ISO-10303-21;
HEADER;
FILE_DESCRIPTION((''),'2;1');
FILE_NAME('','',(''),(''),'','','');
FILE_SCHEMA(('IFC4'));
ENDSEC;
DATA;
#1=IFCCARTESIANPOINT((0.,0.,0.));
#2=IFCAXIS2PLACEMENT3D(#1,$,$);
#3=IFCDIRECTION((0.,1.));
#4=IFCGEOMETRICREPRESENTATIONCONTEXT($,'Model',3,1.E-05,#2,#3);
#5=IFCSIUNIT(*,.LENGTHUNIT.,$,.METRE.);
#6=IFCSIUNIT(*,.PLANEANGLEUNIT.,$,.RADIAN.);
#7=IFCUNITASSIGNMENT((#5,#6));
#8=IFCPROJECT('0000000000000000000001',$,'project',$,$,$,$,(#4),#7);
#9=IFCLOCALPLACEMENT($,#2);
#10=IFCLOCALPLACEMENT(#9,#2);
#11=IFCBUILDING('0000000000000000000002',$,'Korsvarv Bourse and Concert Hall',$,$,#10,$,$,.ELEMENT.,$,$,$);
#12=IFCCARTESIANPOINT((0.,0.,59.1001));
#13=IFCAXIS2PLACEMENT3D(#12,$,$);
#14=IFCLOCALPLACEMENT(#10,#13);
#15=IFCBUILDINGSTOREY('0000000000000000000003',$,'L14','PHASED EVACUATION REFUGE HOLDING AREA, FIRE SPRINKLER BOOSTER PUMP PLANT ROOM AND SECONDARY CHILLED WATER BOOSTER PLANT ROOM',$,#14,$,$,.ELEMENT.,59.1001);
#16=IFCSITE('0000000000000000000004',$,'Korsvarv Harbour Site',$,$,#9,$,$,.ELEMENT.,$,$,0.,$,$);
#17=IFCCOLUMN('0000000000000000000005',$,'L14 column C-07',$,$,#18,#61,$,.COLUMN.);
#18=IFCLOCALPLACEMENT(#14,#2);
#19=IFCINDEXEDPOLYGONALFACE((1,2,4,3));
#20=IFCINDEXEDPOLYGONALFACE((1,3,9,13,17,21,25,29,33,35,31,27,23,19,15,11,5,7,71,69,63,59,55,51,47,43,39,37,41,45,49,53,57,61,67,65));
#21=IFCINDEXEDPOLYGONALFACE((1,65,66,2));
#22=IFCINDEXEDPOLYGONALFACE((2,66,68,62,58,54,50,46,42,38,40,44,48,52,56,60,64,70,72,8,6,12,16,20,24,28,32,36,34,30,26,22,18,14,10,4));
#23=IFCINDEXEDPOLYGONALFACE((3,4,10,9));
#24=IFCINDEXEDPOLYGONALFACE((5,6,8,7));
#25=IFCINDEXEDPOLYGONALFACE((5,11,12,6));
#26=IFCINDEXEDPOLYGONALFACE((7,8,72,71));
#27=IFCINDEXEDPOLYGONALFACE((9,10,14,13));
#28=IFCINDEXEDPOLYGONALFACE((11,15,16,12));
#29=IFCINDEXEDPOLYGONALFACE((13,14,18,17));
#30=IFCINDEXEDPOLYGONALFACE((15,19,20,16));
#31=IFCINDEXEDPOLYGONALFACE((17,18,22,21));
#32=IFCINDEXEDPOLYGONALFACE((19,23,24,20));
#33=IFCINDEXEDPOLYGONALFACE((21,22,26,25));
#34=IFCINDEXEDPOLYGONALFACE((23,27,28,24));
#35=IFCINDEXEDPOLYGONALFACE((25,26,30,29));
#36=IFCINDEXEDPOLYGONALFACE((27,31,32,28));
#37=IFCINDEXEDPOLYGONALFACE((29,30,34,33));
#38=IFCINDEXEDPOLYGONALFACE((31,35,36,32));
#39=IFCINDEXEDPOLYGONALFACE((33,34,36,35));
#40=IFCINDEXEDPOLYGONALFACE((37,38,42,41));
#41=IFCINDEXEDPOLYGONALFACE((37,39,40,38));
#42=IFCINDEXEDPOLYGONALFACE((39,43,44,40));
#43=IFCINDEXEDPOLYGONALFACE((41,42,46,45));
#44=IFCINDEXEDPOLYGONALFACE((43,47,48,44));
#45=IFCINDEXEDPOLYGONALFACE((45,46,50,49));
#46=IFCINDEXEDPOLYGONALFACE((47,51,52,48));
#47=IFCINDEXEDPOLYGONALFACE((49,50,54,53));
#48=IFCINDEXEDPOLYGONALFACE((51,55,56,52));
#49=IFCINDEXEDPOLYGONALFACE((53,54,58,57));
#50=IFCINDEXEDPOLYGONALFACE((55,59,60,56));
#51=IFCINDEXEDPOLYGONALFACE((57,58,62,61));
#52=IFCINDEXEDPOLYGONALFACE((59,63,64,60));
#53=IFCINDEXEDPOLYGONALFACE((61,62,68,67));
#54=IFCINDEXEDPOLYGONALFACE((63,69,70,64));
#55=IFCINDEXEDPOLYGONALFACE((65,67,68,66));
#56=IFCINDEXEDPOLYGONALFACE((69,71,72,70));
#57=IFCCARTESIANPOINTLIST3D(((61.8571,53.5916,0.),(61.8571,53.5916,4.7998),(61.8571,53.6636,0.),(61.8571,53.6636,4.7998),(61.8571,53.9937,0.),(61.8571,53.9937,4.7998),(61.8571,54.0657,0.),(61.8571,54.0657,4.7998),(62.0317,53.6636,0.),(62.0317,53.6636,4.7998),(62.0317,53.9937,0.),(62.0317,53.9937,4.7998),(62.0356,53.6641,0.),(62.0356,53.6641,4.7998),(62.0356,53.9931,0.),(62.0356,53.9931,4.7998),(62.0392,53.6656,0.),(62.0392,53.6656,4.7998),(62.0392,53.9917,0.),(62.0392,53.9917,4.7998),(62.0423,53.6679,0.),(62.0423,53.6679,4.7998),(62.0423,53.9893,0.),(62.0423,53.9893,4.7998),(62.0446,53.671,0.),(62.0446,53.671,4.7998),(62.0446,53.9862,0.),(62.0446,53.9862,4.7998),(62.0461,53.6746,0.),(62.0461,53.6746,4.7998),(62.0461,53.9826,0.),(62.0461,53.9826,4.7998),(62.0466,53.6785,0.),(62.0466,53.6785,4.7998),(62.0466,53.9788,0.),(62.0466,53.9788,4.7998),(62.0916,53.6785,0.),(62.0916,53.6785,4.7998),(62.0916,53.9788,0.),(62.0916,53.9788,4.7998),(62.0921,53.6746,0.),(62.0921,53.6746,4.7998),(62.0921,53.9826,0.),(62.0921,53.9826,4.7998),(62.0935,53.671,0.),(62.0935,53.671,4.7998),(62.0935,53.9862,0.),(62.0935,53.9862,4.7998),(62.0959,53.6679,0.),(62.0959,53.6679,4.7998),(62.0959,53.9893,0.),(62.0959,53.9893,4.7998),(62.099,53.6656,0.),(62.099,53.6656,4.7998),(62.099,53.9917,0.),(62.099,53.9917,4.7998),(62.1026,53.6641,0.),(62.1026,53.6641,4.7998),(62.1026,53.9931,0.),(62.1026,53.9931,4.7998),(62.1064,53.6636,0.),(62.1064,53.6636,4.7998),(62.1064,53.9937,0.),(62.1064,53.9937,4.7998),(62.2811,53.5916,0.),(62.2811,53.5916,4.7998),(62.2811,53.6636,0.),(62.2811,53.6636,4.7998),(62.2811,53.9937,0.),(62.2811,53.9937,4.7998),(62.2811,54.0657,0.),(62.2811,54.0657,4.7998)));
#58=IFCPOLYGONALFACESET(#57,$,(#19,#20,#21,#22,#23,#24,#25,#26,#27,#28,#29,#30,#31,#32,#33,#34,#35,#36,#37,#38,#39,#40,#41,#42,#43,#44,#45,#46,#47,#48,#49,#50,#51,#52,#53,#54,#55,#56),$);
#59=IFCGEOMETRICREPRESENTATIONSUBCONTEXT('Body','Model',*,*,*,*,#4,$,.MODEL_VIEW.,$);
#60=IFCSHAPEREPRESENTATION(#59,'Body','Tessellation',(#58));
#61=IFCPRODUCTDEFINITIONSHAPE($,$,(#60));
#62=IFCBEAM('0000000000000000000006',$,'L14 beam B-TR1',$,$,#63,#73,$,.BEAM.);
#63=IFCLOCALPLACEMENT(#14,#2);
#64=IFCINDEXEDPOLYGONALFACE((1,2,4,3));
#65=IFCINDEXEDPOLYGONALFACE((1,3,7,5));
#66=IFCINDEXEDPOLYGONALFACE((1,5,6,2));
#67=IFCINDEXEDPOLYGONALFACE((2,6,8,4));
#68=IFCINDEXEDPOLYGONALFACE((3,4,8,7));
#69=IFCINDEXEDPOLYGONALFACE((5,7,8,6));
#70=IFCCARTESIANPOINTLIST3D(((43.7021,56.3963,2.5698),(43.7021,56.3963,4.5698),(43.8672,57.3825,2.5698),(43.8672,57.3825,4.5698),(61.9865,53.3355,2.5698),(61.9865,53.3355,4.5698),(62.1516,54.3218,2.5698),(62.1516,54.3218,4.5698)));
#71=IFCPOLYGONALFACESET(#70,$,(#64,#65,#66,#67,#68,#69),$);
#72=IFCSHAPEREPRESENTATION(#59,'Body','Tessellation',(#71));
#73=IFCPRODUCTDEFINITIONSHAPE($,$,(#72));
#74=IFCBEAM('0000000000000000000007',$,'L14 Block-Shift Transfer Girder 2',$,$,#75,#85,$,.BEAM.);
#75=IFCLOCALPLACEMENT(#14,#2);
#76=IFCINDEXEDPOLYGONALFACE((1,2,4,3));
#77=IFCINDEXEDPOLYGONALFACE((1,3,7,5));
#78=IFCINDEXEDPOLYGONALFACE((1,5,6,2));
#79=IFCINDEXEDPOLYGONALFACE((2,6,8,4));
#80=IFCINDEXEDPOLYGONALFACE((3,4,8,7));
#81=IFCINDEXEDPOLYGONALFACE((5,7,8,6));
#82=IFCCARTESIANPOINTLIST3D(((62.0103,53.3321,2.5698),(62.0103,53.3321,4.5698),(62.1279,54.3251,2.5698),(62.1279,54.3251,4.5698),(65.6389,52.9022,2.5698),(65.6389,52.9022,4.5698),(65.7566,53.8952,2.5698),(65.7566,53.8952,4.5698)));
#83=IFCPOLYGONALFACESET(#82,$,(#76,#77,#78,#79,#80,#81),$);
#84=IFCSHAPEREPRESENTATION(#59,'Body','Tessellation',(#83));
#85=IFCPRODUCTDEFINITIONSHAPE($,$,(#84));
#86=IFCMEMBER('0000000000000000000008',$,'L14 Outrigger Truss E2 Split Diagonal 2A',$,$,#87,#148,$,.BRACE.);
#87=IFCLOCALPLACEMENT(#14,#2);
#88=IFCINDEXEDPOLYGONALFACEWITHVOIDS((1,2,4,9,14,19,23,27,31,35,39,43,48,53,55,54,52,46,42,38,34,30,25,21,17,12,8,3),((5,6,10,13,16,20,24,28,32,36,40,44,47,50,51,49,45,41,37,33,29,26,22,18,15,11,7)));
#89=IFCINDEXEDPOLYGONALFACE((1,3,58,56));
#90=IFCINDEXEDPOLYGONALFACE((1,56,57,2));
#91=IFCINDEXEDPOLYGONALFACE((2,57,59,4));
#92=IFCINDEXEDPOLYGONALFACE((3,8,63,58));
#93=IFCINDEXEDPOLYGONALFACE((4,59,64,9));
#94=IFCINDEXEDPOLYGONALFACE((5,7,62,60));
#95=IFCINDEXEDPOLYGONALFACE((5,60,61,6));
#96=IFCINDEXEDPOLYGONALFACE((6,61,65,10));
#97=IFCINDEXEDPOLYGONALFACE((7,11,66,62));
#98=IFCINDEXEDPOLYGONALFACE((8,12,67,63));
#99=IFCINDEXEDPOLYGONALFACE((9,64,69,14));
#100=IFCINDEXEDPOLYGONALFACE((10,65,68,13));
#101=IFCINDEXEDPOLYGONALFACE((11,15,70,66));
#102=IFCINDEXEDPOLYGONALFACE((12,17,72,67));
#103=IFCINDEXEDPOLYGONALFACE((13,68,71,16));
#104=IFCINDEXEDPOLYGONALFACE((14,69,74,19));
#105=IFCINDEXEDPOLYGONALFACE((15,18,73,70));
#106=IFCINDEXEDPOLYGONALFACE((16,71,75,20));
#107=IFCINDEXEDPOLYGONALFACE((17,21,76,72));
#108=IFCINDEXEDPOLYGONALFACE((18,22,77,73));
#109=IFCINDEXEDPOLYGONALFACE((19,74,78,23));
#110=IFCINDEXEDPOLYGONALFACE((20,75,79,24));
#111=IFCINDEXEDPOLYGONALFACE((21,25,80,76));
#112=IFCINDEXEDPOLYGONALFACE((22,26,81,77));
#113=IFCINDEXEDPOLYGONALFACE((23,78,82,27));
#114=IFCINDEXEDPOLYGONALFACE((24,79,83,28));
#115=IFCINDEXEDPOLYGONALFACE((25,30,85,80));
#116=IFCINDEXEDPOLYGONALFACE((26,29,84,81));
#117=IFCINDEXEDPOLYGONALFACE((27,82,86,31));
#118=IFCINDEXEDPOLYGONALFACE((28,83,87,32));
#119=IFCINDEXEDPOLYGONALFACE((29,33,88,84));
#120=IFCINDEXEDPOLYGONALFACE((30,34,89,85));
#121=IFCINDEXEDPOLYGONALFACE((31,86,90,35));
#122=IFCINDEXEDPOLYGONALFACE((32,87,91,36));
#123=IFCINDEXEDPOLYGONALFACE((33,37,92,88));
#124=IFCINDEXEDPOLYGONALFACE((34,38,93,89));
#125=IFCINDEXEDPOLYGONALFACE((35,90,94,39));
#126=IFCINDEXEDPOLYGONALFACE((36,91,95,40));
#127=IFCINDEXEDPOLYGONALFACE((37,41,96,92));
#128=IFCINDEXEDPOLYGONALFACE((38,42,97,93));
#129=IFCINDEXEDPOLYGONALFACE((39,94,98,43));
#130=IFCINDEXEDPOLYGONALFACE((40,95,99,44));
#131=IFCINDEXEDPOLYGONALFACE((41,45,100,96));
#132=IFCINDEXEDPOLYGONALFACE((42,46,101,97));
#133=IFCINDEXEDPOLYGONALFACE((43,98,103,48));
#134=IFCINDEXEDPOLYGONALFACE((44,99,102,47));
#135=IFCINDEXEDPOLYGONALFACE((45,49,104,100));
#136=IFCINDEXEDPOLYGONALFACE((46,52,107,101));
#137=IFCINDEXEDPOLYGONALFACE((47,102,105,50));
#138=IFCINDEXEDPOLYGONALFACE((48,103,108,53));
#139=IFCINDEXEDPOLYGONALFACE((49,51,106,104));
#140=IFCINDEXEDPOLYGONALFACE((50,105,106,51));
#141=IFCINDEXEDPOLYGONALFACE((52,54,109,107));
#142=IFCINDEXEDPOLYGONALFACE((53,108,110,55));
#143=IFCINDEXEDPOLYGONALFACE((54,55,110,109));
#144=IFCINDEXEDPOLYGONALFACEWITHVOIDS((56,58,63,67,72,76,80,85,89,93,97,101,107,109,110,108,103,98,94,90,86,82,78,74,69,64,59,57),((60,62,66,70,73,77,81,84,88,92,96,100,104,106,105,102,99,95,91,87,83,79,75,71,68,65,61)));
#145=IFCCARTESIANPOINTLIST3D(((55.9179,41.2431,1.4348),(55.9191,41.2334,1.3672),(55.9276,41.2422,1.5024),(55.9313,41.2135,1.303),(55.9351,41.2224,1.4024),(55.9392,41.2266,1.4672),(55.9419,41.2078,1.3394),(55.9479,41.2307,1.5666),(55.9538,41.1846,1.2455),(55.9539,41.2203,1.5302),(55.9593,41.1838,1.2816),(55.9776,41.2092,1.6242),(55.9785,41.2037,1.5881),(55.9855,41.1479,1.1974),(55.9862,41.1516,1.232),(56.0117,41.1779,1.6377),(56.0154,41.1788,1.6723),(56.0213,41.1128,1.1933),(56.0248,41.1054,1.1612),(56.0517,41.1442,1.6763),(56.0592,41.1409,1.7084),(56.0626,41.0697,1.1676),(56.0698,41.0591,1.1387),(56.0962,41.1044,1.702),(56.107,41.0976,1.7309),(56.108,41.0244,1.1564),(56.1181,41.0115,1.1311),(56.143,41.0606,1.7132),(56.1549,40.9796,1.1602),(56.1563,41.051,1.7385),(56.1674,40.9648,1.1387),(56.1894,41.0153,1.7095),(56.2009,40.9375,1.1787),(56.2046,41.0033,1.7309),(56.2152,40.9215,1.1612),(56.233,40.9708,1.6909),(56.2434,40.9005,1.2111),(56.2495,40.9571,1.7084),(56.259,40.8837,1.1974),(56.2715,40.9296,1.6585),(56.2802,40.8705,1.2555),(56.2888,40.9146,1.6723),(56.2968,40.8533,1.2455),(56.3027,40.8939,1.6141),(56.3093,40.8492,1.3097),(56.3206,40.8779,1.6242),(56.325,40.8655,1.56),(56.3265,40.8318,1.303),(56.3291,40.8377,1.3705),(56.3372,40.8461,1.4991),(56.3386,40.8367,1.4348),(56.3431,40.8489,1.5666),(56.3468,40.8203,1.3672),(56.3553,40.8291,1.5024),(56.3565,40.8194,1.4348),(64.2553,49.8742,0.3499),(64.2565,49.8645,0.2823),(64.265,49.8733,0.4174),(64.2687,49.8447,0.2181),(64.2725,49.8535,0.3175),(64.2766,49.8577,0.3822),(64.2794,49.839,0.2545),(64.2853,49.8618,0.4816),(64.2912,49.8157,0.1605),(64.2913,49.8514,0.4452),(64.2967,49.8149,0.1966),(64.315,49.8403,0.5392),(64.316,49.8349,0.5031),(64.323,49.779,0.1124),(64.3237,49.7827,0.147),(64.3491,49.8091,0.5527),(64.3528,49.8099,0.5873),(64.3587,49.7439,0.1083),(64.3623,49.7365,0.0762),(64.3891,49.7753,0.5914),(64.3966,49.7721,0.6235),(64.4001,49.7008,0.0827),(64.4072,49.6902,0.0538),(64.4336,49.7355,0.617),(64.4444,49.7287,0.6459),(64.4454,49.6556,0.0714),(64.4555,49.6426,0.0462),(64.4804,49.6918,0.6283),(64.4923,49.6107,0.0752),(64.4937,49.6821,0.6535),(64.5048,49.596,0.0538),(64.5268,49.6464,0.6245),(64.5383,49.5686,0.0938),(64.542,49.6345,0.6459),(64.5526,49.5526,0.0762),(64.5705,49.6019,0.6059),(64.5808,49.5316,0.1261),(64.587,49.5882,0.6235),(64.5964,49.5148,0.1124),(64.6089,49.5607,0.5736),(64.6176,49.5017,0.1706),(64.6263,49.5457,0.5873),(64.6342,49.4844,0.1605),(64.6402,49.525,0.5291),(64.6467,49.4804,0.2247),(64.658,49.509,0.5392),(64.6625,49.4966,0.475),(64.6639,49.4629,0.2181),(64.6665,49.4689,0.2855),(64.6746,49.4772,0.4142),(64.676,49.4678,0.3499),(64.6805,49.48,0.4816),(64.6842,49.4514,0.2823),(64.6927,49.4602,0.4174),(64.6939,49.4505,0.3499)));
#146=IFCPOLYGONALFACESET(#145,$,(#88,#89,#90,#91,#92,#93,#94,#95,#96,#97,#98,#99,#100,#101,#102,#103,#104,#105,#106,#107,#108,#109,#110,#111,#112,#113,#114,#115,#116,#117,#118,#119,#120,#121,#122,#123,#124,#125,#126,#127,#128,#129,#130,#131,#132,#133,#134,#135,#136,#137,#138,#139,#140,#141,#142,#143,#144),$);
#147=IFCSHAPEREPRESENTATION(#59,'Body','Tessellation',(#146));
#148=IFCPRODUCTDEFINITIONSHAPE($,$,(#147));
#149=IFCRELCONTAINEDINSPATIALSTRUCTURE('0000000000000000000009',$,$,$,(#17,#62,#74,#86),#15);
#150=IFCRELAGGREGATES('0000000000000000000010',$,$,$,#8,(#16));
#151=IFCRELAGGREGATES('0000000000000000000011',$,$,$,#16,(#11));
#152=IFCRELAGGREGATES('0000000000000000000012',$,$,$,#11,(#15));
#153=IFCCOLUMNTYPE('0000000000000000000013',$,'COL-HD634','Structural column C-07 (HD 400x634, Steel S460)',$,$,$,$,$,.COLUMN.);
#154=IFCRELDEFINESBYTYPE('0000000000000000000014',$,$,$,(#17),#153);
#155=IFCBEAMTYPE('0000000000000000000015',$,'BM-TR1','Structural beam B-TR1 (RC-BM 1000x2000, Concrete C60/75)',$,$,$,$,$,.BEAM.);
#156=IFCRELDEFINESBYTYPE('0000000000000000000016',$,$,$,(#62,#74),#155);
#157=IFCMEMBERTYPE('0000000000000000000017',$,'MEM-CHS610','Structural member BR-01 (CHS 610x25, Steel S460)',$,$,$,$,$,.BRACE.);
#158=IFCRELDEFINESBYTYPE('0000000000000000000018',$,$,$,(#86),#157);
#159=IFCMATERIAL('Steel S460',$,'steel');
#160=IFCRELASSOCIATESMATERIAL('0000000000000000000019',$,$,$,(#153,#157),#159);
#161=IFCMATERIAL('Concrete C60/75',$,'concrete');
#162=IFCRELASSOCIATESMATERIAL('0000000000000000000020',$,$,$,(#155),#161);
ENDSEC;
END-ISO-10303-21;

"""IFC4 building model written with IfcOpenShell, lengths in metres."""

from ifc_helpers import new_model, si_unit, direction, frame, origin, origin_2d, place, context, subcontext, project, spatial, rectangle, hollow_circle, i_section, extrude, source, transform, mapped, material, material_profile, profile_set, type_object, element, save


model = new_model("IFC4")

# Units and contexts
model_context = context("Model", 3, precision=1e-05, world=origin(), true_north=direction((0.0, 1.0)))
body_context = subcontext(model_context, "Body", "Model", "MODEL_VIEW")
ifc_project = project(units=[si_unit("LENGTHUNIT", "METRE"), si_unit("PLANEANGLEUNIT", "RADIAN")], contexts=[model_context])

# Site, building, storey
site_placement = place(None, origin())
site = spatial("IfcSite", under=ifc_project, at=site_placement, Name="Korsvarv Harbour Site", CompositionType="ELEMENT", RefElevation=0.0)
building_placement = place(site_placement, origin())
building = spatial("IfcBuilding", under=site, at=building_placement, Name="Korsvarv Bourse and Concert Hall", CompositionType="ELEMENT")
storey_placement = place(building_placement, frame((0.0, 0.0, 59.1001)))
storey = spatial("IfcBuildingStorey", under=building, at=storey_placement, Name="L14", Description="PHASED EVACUATION REFUGE HOLDING AREA, FIRE SPRINKLER BOOSTER PUMP PLANT ROOM AND SECONDARY CHILLED WATER BOOSTER PLANT ROOM", CompositionType="ELEMENT", Elevation=59.1001)

# Column
ifc_material_1 = material(Name="Steel S460", Category="steel")
ifc_material_profile_1 = material_profile(ifc_material_1, i_section(OverallWidth=0.4241, OverallDepth=0.4741, WebThickness=0.0449, FlangeThickness=0.072, FilletRadius=0.0149, at=origin_2d()), Name="HD 400x634")
ifc_profile_set_1 = profile_set([ifc_material_profile_1], Name="Steel S460")
column_type = type_object("IfcColumnType", Name="COL-HD634", Description="Structural column C-07 (HD 400x634, Steel S460)", PredefinedType="COLUMN", material=ifc_profile_set_1)
shared_shape_1 = source(origin(), body_context, "Body", "SweptSolid", [
    extrude(i_section(OverallWidth=0.4241, OverallDepth=0.4741, WebThickness=0.0449, FlangeThickness=0.072, FilletRadius=0.0149, at=origin_2d()), origin(), (0.0, 0.0, 1.0), 4.7998),
])
column_placement = place(storey_placement, frame((62.0691, 53.8286, 0.0), z_axis=(0.0, 0.0, 1.0), x_axis=(1.0, 0.0, 0.0)))
element("IfcColumn", 1, at=column_placement, inside=storey, type_object=column_type, Name="L14 column C-07", PredefinedType="COLUMN", context=body_context, shape_type="MappedRepresentation", body=[
    mapped(shared_shape_1, transform((0.0, 0.0, 0.0), scale=1.0)),
])

# Beams
ifc_material_2 = material(Name="Concrete C60/75", Category="concrete")
ifc_material_profile_2 = material_profile(ifc_material_2, rectangle(XDim=1.0, YDim=2.0, at=origin_2d()), Name="RC-BM 1000x2000")
ifc_profile_set_2 = profile_set([ifc_material_profile_2], Name="Concrete C60/75")
beam_type = type_object("IfcBeamType", Name="BM-TR1", Description="Structural beam B-TR1 (RC-BM 1000x2000, Concrete C60/75)", PredefinedType="BEAM", material=ifc_profile_set_2)
shared_shape_2 = source(origin(), body_context, "Body", "SweptSolid", [
    extrude(rectangle(XDim=1.0, YDim=2.0, at=origin_2d()), origin(), (0.0, 0.0, 1.0), 18.5388),
])
beam_1_placement = place(storey_placement, frame((62.0691, 53.8286, 3.5698), z_axis=(-0.986277, 0.165102, 0.0), x_axis=(-0.165102, -0.986277, 0.0)))
element("IfcBeam", 2, at=beam_1_placement, inside=storey, type_object=beam_type, Name="L14 beam B-TR1", PredefinedType="BEAM", context=body_context, shape_type="MappedRepresentation", body=[
    mapped(shared_shape_2, transform((0.0, 0.0, 0.0), scale=1.0)),
])
shared_shape_3 = source(origin(), body_context, "Body", "SweptSolid", [
    extrude(rectangle(XDim=1.0, YDim=2.0, at=origin_2d()), origin(), (0.0, 0.0, 1.0), 3.6541),
])
beam_2_placement = place(storey_placement, frame((62.0691, 53.8286, 3.5698), z_axis=(0.993054, -0.117659, 0.0), x_axis=(0.117659, 0.993054, 0.0)))
element("IfcBeam", 3, at=beam_2_placement, inside=storey, type_object=beam_type, Name="L14 Block-Shift Transfer Girder 2", PredefinedType="BEAM", context=body_context, shape_type="MappedRepresentation", body=[
    mapped(shared_shape_3, transform((0.0, 0.0, 0.0), scale=1.0)),
])

# Member
ifc_material_profile_3 = material_profile(ifc_material_1, hollow_circle(Radius=0.3049, WallThickness=0.0249, at=origin_2d()), Name="CHS 610x25")
ifc_profile_set_3 = profile_set([ifc_material_profile_3], Name="Steel S460")
member_type_1 = type_object("IfcMemberType", Name="MEM-CHS610", Description="Structural member BR-01 (CHS 610x25, Steel S460)", PredefinedType="BRACE", material=ifc_profile_set_3)
shared_shape_4 = source(origin(), body_context, "Body", "SweptSolid", [
    extrude(hollow_circle(Radius=0.3049, WallThickness=0.0249, at=origin_2d()), origin(), (0.0, 0.0, 1.0), 12.0493),
])
member_1_placement = place(storey_placement, frame((64.4746, 49.6624, 0.3499), z_axis=(-0.691941, -0.716316, 0.090044), x_axis=(0.719238, -0.694764, 0.0)))
element("IfcMember", 4, at=member_1_placement, inside=storey, type_object=member_type_1, Name="L14 Outrigger Truss E2 Split Diagonal 2A", PredefinedType="BRACE", context=body_context, shape_type="MappedRepresentation", body=[
    mapped(shared_shape_4, transform((0.0, 0.0, 0.0), scale=1.0)),
])

save(model, "model.ifc")
